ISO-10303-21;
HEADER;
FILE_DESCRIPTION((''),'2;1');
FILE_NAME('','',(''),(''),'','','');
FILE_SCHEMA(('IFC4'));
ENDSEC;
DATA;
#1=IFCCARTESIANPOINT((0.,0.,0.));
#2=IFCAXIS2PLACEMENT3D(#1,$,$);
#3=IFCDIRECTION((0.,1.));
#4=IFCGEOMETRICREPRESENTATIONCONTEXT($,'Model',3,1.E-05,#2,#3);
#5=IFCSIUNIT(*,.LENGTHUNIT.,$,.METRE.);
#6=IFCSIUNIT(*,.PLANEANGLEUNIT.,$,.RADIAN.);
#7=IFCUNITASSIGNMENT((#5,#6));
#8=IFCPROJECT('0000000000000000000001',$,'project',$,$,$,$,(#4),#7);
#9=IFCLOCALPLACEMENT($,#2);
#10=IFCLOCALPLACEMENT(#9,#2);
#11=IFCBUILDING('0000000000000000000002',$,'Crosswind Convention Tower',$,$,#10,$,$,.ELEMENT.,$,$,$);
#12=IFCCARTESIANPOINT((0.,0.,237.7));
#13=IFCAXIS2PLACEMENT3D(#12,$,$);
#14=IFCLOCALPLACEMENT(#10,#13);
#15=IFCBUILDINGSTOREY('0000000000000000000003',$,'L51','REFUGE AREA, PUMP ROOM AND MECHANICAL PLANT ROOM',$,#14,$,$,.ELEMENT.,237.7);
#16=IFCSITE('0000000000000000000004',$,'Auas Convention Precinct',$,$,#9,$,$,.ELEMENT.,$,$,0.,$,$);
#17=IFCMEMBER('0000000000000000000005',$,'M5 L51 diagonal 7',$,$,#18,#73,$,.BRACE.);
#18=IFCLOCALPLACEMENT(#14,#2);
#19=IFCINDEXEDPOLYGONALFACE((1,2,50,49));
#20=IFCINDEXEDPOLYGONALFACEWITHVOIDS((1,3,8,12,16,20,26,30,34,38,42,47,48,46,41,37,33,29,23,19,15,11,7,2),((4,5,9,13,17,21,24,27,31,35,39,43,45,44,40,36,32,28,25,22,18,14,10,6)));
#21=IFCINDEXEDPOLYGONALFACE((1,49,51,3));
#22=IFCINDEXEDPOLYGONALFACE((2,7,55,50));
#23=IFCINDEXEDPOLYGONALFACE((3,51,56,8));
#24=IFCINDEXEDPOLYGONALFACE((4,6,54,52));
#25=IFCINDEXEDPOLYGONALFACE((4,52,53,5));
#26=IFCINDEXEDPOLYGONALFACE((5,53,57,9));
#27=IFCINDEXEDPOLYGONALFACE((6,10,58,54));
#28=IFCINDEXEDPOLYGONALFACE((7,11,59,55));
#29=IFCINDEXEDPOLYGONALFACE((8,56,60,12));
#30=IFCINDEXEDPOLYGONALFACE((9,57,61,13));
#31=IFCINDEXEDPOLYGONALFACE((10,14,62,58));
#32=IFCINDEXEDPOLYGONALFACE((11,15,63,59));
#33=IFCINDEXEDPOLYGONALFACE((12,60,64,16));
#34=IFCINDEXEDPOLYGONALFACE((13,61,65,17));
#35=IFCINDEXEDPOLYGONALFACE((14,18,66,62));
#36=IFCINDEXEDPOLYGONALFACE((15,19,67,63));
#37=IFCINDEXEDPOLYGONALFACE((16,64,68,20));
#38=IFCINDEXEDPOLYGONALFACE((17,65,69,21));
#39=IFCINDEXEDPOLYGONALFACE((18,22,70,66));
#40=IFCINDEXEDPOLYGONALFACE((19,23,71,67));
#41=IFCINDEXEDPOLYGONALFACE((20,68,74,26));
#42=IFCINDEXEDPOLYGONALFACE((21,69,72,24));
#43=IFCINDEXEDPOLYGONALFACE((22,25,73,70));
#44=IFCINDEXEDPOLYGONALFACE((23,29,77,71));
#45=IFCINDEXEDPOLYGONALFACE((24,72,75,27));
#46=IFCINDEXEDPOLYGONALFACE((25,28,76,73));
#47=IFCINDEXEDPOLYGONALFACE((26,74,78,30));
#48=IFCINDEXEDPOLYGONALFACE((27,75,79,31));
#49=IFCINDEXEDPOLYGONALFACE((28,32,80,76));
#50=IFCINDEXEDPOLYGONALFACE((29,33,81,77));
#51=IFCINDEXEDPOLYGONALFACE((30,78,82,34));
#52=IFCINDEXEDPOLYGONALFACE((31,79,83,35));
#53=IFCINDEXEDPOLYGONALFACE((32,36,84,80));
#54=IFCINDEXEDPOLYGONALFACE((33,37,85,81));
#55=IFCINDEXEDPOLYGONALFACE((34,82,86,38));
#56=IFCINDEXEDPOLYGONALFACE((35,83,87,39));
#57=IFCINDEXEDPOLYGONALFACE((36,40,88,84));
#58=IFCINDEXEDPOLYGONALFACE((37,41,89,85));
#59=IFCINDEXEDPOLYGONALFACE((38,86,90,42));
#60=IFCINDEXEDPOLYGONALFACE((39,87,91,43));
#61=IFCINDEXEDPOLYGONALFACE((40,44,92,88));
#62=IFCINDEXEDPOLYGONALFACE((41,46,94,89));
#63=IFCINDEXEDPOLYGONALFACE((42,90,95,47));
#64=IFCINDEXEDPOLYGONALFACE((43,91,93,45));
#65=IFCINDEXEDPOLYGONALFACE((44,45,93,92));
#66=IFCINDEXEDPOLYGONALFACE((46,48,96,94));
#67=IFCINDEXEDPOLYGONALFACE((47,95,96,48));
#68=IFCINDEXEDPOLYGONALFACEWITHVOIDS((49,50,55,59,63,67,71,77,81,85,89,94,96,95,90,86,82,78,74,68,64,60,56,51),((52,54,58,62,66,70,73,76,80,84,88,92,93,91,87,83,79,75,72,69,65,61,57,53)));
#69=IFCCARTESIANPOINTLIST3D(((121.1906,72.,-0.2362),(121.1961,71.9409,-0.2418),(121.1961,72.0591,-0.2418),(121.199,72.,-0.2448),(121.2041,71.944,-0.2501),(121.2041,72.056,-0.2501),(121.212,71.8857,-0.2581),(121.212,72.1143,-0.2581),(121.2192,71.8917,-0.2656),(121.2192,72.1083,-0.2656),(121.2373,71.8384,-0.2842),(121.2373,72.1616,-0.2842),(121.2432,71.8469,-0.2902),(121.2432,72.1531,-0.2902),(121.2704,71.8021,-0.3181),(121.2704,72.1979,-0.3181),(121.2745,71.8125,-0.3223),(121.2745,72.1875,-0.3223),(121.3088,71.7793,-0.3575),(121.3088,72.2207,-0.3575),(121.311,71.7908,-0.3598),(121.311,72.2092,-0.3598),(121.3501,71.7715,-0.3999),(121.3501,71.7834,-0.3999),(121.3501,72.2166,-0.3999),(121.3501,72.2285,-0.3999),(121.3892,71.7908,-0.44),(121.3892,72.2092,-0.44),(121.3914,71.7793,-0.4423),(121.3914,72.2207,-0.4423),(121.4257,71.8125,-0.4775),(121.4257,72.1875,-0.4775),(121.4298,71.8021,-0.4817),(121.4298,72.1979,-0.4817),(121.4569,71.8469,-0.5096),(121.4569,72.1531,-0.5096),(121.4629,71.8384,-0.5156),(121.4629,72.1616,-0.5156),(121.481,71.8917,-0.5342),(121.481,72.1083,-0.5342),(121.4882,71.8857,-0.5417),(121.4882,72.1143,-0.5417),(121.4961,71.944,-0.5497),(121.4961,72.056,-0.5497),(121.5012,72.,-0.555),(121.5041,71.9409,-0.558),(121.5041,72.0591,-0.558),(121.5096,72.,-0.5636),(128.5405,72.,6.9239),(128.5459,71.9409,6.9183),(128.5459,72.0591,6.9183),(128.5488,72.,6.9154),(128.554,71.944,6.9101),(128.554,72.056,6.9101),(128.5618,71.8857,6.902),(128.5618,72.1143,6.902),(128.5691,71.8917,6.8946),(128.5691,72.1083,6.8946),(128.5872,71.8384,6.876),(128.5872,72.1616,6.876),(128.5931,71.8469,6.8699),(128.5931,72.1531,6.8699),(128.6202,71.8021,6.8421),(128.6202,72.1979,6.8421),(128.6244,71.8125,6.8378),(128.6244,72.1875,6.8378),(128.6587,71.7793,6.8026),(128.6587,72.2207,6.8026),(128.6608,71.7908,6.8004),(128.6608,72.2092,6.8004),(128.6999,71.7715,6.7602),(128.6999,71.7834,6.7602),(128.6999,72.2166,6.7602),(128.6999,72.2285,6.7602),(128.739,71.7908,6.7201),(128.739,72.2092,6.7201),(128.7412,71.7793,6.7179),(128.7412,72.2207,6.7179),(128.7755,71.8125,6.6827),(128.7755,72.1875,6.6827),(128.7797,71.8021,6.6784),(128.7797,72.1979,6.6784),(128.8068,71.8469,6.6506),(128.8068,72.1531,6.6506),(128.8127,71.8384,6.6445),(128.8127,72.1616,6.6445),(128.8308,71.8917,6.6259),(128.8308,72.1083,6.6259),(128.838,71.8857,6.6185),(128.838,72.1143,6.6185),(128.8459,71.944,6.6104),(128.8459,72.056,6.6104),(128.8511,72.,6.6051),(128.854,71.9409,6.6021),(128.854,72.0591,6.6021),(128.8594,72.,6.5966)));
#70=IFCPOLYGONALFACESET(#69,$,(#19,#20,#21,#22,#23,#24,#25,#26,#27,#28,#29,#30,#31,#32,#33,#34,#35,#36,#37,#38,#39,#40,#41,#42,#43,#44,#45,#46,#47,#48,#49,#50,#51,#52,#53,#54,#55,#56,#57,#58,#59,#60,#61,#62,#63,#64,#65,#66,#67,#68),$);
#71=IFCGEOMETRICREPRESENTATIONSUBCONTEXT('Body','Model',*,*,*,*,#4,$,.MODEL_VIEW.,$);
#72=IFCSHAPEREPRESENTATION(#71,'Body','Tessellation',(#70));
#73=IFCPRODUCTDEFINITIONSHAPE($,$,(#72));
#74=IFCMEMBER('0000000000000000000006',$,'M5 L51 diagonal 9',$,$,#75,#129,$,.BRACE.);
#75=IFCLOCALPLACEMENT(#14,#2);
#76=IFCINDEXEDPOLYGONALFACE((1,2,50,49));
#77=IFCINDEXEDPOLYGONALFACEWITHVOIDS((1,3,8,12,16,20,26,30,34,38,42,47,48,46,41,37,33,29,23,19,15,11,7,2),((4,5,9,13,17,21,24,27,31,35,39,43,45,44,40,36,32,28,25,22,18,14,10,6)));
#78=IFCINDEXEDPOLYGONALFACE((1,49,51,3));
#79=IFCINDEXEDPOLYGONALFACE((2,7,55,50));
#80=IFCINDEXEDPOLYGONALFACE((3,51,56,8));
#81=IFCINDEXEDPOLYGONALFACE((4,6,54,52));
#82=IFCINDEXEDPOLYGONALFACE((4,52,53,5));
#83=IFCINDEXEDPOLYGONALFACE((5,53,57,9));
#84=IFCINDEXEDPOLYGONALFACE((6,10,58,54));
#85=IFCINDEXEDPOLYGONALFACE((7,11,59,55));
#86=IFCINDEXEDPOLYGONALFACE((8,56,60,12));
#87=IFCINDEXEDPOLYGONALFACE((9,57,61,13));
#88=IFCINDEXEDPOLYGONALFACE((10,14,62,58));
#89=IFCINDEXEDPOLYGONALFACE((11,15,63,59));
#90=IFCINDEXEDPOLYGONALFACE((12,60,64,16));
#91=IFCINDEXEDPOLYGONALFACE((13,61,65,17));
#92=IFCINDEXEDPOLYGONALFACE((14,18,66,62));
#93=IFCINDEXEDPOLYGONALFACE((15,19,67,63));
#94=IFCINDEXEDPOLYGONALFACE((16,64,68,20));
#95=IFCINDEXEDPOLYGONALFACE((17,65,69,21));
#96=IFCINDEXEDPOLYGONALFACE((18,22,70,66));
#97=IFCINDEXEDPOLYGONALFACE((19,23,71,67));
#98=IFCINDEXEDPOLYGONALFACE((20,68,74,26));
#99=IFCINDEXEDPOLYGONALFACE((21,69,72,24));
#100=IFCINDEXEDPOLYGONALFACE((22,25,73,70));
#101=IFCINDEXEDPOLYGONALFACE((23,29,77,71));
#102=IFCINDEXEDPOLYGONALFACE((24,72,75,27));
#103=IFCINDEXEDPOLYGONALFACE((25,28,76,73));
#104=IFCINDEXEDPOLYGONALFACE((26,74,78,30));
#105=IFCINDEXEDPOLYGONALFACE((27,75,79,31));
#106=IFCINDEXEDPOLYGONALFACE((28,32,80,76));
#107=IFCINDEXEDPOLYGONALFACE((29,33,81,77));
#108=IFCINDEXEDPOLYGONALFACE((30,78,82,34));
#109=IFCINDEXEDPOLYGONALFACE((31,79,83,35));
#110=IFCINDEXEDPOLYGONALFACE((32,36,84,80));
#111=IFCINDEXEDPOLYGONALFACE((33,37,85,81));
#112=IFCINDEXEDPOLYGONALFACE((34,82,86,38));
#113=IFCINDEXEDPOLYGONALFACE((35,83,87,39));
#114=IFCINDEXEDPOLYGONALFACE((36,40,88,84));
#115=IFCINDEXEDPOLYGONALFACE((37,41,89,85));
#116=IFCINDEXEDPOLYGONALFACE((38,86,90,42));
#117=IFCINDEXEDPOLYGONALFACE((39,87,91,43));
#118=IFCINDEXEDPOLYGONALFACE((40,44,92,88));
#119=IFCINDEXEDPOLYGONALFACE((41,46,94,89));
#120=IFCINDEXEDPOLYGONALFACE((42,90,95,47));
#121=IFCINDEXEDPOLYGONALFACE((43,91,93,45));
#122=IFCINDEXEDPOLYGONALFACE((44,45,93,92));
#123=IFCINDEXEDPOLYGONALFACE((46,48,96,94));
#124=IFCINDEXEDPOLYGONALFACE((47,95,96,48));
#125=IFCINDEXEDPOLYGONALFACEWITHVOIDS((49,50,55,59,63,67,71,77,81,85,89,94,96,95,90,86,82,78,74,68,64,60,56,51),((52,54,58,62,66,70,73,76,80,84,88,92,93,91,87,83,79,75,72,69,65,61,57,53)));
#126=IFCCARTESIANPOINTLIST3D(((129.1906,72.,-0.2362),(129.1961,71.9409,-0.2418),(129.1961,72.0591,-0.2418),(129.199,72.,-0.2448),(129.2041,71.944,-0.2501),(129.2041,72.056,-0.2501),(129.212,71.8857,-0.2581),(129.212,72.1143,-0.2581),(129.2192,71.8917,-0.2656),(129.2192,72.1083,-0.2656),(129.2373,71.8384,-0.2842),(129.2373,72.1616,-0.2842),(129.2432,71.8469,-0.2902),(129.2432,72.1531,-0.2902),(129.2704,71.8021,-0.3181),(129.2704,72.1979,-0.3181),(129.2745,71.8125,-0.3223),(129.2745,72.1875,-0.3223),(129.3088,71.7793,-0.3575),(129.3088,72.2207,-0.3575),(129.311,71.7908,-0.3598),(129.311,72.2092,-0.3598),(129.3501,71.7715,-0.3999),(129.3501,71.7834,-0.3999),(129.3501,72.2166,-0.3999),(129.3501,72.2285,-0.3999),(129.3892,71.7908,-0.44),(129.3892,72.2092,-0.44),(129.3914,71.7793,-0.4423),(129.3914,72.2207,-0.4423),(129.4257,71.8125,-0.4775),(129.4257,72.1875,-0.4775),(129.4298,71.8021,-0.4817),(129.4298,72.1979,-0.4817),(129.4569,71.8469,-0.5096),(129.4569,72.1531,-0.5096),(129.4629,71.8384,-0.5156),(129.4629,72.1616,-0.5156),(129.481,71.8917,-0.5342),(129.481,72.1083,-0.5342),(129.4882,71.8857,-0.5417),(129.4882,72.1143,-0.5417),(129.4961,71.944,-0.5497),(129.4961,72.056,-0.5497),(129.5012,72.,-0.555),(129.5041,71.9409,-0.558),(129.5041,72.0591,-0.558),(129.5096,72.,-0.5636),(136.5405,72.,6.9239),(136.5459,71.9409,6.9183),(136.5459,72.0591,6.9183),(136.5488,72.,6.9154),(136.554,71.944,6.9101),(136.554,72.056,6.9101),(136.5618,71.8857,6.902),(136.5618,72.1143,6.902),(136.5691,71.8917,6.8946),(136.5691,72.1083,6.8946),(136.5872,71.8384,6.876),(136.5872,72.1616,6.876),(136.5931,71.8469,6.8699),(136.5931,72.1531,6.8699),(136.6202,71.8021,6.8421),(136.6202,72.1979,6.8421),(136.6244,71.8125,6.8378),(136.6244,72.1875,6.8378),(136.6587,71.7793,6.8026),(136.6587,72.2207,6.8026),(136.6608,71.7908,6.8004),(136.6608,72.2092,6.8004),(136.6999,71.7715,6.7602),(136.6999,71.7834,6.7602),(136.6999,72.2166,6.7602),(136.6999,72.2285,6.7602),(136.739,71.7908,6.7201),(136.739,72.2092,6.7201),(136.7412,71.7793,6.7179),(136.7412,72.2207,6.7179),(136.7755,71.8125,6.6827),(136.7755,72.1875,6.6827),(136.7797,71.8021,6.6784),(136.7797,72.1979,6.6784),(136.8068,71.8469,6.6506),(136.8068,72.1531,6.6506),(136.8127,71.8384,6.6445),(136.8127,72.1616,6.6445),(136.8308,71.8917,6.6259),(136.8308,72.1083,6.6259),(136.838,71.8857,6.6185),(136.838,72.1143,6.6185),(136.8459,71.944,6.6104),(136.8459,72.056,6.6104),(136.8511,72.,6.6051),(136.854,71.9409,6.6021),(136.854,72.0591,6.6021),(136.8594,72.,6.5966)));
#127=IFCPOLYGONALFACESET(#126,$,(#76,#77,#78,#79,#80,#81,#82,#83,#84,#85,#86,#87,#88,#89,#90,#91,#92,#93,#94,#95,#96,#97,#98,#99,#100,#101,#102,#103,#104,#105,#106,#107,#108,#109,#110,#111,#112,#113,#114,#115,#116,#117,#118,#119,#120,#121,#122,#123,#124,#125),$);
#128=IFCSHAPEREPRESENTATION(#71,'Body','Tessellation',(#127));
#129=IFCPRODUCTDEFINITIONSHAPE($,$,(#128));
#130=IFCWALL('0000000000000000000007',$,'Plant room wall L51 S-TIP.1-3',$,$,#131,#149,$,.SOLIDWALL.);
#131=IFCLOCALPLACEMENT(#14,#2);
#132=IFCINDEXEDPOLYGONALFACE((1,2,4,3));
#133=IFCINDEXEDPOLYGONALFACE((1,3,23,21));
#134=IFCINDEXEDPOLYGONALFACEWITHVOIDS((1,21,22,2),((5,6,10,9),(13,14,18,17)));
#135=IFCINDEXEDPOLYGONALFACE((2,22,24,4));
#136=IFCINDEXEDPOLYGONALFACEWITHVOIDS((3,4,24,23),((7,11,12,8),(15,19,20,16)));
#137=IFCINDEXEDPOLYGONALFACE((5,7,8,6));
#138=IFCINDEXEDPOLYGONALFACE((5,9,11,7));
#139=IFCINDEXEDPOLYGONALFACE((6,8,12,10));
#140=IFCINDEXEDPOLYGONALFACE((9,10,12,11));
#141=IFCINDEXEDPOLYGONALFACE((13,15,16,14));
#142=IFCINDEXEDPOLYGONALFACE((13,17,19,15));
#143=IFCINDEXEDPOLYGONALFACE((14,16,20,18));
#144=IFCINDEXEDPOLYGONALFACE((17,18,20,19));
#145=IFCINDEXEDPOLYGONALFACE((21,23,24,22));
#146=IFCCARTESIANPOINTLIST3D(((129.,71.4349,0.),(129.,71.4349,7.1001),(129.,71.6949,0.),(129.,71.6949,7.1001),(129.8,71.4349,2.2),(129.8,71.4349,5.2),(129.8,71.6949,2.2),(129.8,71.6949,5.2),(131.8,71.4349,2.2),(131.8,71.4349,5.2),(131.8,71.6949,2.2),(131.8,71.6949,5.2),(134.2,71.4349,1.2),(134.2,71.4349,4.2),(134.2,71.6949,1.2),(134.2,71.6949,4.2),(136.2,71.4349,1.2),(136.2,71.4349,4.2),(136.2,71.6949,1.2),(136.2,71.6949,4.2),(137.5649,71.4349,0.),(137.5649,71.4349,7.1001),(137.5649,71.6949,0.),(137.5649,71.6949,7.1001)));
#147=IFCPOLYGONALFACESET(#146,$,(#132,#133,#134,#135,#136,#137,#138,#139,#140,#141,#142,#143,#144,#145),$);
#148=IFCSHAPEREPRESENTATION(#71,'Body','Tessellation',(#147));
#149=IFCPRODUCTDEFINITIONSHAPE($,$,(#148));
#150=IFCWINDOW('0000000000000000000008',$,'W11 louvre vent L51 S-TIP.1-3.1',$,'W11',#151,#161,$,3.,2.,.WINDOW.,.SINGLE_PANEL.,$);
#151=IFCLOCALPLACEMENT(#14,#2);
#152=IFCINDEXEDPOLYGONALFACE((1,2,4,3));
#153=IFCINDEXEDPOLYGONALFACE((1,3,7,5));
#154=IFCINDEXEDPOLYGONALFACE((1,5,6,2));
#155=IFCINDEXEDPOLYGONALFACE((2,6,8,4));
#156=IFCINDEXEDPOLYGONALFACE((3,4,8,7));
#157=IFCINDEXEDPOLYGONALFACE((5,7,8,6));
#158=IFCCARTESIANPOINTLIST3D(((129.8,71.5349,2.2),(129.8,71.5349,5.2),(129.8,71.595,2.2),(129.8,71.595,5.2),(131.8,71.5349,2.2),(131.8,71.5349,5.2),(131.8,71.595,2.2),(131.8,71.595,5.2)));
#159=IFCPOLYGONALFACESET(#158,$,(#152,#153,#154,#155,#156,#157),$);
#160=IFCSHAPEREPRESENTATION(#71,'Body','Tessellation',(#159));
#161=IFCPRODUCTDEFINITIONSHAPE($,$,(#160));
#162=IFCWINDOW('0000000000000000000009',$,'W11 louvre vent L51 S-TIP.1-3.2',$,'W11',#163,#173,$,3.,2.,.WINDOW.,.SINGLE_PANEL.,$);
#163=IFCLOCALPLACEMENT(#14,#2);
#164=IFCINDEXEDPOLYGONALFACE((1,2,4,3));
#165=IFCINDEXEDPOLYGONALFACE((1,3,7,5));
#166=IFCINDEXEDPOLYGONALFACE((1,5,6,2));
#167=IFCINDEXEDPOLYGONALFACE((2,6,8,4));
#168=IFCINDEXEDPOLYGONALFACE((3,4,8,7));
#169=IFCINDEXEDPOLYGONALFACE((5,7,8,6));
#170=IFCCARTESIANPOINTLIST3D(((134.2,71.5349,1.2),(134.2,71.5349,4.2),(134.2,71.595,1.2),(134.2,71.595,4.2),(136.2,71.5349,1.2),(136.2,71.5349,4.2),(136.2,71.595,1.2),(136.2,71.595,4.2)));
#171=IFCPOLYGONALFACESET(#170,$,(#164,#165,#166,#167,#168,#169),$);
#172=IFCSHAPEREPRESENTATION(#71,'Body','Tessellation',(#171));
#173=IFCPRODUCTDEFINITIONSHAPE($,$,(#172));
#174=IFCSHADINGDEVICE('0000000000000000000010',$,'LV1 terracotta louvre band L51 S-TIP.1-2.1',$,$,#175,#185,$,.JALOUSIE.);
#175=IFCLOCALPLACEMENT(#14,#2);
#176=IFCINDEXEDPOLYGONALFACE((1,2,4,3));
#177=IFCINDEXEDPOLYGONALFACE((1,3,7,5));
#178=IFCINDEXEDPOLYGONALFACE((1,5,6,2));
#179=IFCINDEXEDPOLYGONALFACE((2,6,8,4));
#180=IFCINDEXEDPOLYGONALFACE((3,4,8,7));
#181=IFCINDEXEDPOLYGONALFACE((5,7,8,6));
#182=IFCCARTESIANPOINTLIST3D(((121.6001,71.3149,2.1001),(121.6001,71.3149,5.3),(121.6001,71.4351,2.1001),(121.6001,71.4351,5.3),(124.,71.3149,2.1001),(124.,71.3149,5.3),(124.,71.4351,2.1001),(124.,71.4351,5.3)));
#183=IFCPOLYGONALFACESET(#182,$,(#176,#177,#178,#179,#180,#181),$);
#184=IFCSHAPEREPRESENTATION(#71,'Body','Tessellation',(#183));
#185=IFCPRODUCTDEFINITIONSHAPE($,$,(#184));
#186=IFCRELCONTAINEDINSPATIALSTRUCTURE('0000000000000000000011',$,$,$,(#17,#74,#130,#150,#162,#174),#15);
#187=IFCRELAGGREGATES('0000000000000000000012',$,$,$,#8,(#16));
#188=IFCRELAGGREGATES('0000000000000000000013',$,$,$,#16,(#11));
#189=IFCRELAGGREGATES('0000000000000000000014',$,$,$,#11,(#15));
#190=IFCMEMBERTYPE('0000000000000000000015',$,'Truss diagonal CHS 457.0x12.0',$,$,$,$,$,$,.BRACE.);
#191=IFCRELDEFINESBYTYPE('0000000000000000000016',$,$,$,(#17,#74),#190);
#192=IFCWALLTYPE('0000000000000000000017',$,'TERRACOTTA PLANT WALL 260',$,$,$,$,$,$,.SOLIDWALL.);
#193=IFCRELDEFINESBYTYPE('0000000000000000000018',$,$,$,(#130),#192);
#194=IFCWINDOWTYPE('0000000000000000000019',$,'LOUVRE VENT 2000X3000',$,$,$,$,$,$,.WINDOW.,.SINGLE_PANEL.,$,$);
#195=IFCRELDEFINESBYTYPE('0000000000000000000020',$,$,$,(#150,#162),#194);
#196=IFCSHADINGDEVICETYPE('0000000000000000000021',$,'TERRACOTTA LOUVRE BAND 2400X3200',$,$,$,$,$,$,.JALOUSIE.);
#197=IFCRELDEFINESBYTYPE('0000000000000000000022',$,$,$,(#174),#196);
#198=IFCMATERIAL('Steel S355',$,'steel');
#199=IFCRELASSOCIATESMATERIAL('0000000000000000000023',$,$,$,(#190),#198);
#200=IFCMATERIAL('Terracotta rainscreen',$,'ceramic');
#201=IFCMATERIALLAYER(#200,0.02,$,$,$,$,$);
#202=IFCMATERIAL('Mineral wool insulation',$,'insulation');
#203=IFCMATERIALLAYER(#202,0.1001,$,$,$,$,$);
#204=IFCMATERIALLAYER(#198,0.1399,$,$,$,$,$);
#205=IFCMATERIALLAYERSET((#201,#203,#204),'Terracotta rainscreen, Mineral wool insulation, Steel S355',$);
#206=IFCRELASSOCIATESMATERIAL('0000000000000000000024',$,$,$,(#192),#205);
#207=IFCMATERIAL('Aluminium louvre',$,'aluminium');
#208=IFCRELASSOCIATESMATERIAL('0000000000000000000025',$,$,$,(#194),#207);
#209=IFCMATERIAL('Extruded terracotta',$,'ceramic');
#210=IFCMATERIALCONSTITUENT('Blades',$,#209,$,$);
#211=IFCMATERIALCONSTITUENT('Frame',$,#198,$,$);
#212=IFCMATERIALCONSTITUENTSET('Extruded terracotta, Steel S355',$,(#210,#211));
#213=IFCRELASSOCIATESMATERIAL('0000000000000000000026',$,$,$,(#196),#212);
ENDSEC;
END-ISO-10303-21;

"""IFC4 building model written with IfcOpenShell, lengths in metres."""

from ifc_helpers import new_model, si_unit, direction, frame, frame_2d, origin, origin_2d, place, context, subcontext, project, spatial, rectangle, hollow_circle, extrude, material, layer, layer_set, constituent, constituent_set, material_profile, profile_set, type_object, element, fill, save


model = new_model("IFC4")

# Units and contexts
model_context = context("Model", 3, precision=1e-05, world=origin(), true_north=direction((0.0, 1.0)))
body_context = subcontext(model_context, "Body", "Model", "MODEL_VIEW")
ifc_project = project(units=[si_unit("LENGTHUNIT", "METRE"), si_unit("PLANEANGLEUNIT", "RADIAN")], contexts=[model_context])

# Site, building, storey
site_placement = place(None, origin())
site = spatial("IfcSite", under=ifc_project, at=site_placement, Name="Auas Convention Precinct", CompositionType="ELEMENT", RefElevation=0.0)
building_placement = place(site_placement, origin())
building = spatial("IfcBuilding", under=site, at=building_placement, Name="Crosswind Convention Tower", CompositionType="ELEMENT")
storey_placement = place(building_placement, frame((0.0, 0.0, 237.7)))
storey = spatial("IfcBuildingStorey", under=building, at=storey_placement, Name="L51", Description="REFUGE AREA, PUMP ROOM AND MECHANICAL PLANT ROOM", CompositionType="ELEMENT", Elevation=237.7)

# Shared definitions
ifc_material_1 = material(Name="Steel S355", Category="steel")

# Members
ifc_material_profile_1 = material_profile(ifc_material_1, hollow_circle(Radius=0.2285, WallThickness=0.012, at=origin_2d()), Name="CHS 457.0x12.0")
ifc_profile_set_1 = profile_set([ifc_material_profile_1], Name="Steel S355")
member_type_1 = type_object("IfcMemberType", Name="Truss diagonal CHS 457.0x12.0", PredefinedType="BRACE", material=ifc_profile_set_1)
for number, where, z_axis, x_axis, name in (
    (1, (121.3501, 72.0, -0.3999), (0.71629, 0.0, 0.697803), (0.0, 1.0, 0.0), "M5 L51 diagonal 7"),
    (2, (129.3501, 72.0, -0.3999), (0.71629, 0.0, 0.697803), (0.0, 1.0, 0.0), "M5 L51 diagonal 9"),
):
    element("IfcMember", number, at=place(storey_placement, frame(where, z_axis=z_axis, x_axis=x_axis)), inside=storey, type_object=member_type_1, Name=name, PredefinedType="BRACE", context=body_context, shape_type="SweptSolid", body=[
        extrude(hollow_circle(Radius=0.2285, WallThickness=0.012, at=origin_2d()), origin(), (0.0, 0.0, 1.0), 10.261),
    ])

# Wall, openings, windows
ifc_material_2 = material(Name="Terracotta rainscreen", Category="ceramic")
ifc_layer_1 = layer(ifc_material_2, 0.02)
ifc_material_3 = material(Name="Mineral wool insulation", Category="insulation")
ifc_layer_2 = layer(ifc_material_3, 0.1001)
ifc_layer_3 = layer(ifc_material_1, 0.1399)
ifc_layer_set_1 = layer_set([ifc_layer_1, ifc_layer_2, ifc_layer_3], Name="Terracotta rainscreen, Mineral wool insulation, Steel S355")
wall_type = type_object("IfcWallType", Name="TERRACOTTA PLANT WALL 260", PredefinedType="SOLIDWALL", material=ifc_layer_set_1)
wall_placement = place(storey_placement, frame((129.0, 71.5649, 0.0), z_axis=(0.0, 0.0, 1.0), x_axis=(1.0, 0.0, 0.0)))
wall = element("IfcWall", 3, at=wall_placement, inside=storey, type_object=wall_type, Name="Plant room wall L51 S-TIP.1-3", PredefinedType="SOLIDWALL", context=body_context, shape_type="SweptSolid", body=[
    extrude(rectangle(XDim=8.5649, YDim=0.26, at=frame_2d((4.2825, 0.0))), origin(), (0.0, 0.0, 1.0), 7.1001),
])
opening_1_placement = place(wall_placement, frame((0.8, 0.0, 2.2)))
opening_1 = element("IfcOpeningElement", 4, at=opening_1_placement, cuts=wall, PredefinedType="OPENING", context=body_context, shape_type="SweptSolid", body=[
    extrude(rectangle(XDim=2.0, YDim=3.0, at=frame_2d((1.0, 1.5))), frame((0.0, 0.1399, 0.0), z_axis=(0.0, -1.0, 0.0), x_axis=(1.0, 0.0, 0.0)), (0.0, 0.0, 1.0), 0.28),
])
opening_2_placement = place(wall_placement, frame((5.2, 0.0, 1.2)))
opening_2 = element("IfcOpeningElement", 5, at=opening_2_placement, cuts=wall, PredefinedType="OPENING", context=body_context, shape_type="SweptSolid", body=[
    extrude(rectangle(XDim=2.0, YDim=3.0, at=frame_2d((1.0, 1.5))), frame((0.0, 0.1399, 0.0), z_axis=(0.0, -1.0, 0.0), x_axis=(1.0, 0.0, 0.0)), (0.0, 0.0, 1.0), 0.28),
])
ifc_material_4 = material(Name="Aluminium louvre", Category="aluminium")
window_type = type_object("IfcWindowType", Name="LOUVRE VENT 2000X3000", PartitioningType="SINGLE_PANEL", PredefinedType="WINDOW", material=ifc_material_4)
window_1_placement = place(opening_1_placement, origin())
window_1 = element("IfcWindow", 6, at=window_1_placement, inside=storey, type_object=window_type, Name="W11 louvre vent L51 S-TIP.1-3.1", ObjectType="W11", OverallHeight=3.0, OverallWidth=2.0, PartitioningType="SINGLE_PANEL", PredefinedType="WINDOW", context=body_context, shape_type="SweptSolid", body=[
    extrude(rectangle(XDim=2.0, YDim=3.0, at=frame_2d((1.0, 1.5))), frame((0.0, 0.03, 0.0), z_axis=(0.0, -1.0, 0.0), x_axis=(1.0, 0.0, 0.0)), (0.0, 0.0, 1.0), 0.0601),
])
fill(opening_1, window_1)
window_2_placement = place(opening_2_placement, origin())
window_2 = element("IfcWindow", 7, at=window_2_placement, inside=storey, type_object=window_type, Name="W11 louvre vent L51 S-TIP.1-3.2", ObjectType="W11", OverallHeight=3.0, OverallWidth=2.0, PartitioningType="SINGLE_PANEL", PredefinedType="WINDOW", context=body_context, shape_type="SweptSolid", body=[
    extrude(rectangle(XDim=2.0, YDim=3.0, at=frame_2d((1.0, 1.5))), frame((0.0, 0.03, 0.0), z_axis=(0.0, -1.0, 0.0), x_axis=(1.0, 0.0, 0.0)), (0.0, 0.0, 1.0), 0.0601),
])
fill(opening_2, window_2)

# Shading device
ifc_material_5 = material(Name="Extruded terracotta", Category="ceramic")
ifc_constituent_1 = constituent(ifc_material_5, Name="Blades")
ifc_constituent_2 = constituent(ifc_material_1, Name="Frame")
ifc_constituent_set = constituent_set(constituents=[ifc_constituent_1, ifc_constituent_2], Name="Extruded terracotta, Steel S355")
shading_device_type = type_object("IfcShadingDeviceType", Name="TERRACOTTA LOUVRE BAND 2400X3200", PredefinedType="JALOUSIE", material=ifc_constituent_set)
for number, where, z_axis, x_axis, name in (
    (8, (122.8, 71.375, 2.1001), (0.0, 0.0, 1.0), (1.0, 0.0, 0.0), "LV1 terracotta louvre band L51 S-TIP.1-2.1"),
):
    element("IfcShadingDevice", number, at=place(storey_placement, frame(where, z_axis=z_axis, x_axis=x_axis)), inside=storey, type_object=shading_device_type, Name=name, PredefinedType="JALOUSIE", context=body_context, shape_type="SweptSolid", body=[
        extrude(rectangle(XDim=2.3999, YDim=0.1201, at=origin_2d()), origin(), (0.0, 0.0, 1.0), 3.2),
    ])

save(model, "model.ifc")
